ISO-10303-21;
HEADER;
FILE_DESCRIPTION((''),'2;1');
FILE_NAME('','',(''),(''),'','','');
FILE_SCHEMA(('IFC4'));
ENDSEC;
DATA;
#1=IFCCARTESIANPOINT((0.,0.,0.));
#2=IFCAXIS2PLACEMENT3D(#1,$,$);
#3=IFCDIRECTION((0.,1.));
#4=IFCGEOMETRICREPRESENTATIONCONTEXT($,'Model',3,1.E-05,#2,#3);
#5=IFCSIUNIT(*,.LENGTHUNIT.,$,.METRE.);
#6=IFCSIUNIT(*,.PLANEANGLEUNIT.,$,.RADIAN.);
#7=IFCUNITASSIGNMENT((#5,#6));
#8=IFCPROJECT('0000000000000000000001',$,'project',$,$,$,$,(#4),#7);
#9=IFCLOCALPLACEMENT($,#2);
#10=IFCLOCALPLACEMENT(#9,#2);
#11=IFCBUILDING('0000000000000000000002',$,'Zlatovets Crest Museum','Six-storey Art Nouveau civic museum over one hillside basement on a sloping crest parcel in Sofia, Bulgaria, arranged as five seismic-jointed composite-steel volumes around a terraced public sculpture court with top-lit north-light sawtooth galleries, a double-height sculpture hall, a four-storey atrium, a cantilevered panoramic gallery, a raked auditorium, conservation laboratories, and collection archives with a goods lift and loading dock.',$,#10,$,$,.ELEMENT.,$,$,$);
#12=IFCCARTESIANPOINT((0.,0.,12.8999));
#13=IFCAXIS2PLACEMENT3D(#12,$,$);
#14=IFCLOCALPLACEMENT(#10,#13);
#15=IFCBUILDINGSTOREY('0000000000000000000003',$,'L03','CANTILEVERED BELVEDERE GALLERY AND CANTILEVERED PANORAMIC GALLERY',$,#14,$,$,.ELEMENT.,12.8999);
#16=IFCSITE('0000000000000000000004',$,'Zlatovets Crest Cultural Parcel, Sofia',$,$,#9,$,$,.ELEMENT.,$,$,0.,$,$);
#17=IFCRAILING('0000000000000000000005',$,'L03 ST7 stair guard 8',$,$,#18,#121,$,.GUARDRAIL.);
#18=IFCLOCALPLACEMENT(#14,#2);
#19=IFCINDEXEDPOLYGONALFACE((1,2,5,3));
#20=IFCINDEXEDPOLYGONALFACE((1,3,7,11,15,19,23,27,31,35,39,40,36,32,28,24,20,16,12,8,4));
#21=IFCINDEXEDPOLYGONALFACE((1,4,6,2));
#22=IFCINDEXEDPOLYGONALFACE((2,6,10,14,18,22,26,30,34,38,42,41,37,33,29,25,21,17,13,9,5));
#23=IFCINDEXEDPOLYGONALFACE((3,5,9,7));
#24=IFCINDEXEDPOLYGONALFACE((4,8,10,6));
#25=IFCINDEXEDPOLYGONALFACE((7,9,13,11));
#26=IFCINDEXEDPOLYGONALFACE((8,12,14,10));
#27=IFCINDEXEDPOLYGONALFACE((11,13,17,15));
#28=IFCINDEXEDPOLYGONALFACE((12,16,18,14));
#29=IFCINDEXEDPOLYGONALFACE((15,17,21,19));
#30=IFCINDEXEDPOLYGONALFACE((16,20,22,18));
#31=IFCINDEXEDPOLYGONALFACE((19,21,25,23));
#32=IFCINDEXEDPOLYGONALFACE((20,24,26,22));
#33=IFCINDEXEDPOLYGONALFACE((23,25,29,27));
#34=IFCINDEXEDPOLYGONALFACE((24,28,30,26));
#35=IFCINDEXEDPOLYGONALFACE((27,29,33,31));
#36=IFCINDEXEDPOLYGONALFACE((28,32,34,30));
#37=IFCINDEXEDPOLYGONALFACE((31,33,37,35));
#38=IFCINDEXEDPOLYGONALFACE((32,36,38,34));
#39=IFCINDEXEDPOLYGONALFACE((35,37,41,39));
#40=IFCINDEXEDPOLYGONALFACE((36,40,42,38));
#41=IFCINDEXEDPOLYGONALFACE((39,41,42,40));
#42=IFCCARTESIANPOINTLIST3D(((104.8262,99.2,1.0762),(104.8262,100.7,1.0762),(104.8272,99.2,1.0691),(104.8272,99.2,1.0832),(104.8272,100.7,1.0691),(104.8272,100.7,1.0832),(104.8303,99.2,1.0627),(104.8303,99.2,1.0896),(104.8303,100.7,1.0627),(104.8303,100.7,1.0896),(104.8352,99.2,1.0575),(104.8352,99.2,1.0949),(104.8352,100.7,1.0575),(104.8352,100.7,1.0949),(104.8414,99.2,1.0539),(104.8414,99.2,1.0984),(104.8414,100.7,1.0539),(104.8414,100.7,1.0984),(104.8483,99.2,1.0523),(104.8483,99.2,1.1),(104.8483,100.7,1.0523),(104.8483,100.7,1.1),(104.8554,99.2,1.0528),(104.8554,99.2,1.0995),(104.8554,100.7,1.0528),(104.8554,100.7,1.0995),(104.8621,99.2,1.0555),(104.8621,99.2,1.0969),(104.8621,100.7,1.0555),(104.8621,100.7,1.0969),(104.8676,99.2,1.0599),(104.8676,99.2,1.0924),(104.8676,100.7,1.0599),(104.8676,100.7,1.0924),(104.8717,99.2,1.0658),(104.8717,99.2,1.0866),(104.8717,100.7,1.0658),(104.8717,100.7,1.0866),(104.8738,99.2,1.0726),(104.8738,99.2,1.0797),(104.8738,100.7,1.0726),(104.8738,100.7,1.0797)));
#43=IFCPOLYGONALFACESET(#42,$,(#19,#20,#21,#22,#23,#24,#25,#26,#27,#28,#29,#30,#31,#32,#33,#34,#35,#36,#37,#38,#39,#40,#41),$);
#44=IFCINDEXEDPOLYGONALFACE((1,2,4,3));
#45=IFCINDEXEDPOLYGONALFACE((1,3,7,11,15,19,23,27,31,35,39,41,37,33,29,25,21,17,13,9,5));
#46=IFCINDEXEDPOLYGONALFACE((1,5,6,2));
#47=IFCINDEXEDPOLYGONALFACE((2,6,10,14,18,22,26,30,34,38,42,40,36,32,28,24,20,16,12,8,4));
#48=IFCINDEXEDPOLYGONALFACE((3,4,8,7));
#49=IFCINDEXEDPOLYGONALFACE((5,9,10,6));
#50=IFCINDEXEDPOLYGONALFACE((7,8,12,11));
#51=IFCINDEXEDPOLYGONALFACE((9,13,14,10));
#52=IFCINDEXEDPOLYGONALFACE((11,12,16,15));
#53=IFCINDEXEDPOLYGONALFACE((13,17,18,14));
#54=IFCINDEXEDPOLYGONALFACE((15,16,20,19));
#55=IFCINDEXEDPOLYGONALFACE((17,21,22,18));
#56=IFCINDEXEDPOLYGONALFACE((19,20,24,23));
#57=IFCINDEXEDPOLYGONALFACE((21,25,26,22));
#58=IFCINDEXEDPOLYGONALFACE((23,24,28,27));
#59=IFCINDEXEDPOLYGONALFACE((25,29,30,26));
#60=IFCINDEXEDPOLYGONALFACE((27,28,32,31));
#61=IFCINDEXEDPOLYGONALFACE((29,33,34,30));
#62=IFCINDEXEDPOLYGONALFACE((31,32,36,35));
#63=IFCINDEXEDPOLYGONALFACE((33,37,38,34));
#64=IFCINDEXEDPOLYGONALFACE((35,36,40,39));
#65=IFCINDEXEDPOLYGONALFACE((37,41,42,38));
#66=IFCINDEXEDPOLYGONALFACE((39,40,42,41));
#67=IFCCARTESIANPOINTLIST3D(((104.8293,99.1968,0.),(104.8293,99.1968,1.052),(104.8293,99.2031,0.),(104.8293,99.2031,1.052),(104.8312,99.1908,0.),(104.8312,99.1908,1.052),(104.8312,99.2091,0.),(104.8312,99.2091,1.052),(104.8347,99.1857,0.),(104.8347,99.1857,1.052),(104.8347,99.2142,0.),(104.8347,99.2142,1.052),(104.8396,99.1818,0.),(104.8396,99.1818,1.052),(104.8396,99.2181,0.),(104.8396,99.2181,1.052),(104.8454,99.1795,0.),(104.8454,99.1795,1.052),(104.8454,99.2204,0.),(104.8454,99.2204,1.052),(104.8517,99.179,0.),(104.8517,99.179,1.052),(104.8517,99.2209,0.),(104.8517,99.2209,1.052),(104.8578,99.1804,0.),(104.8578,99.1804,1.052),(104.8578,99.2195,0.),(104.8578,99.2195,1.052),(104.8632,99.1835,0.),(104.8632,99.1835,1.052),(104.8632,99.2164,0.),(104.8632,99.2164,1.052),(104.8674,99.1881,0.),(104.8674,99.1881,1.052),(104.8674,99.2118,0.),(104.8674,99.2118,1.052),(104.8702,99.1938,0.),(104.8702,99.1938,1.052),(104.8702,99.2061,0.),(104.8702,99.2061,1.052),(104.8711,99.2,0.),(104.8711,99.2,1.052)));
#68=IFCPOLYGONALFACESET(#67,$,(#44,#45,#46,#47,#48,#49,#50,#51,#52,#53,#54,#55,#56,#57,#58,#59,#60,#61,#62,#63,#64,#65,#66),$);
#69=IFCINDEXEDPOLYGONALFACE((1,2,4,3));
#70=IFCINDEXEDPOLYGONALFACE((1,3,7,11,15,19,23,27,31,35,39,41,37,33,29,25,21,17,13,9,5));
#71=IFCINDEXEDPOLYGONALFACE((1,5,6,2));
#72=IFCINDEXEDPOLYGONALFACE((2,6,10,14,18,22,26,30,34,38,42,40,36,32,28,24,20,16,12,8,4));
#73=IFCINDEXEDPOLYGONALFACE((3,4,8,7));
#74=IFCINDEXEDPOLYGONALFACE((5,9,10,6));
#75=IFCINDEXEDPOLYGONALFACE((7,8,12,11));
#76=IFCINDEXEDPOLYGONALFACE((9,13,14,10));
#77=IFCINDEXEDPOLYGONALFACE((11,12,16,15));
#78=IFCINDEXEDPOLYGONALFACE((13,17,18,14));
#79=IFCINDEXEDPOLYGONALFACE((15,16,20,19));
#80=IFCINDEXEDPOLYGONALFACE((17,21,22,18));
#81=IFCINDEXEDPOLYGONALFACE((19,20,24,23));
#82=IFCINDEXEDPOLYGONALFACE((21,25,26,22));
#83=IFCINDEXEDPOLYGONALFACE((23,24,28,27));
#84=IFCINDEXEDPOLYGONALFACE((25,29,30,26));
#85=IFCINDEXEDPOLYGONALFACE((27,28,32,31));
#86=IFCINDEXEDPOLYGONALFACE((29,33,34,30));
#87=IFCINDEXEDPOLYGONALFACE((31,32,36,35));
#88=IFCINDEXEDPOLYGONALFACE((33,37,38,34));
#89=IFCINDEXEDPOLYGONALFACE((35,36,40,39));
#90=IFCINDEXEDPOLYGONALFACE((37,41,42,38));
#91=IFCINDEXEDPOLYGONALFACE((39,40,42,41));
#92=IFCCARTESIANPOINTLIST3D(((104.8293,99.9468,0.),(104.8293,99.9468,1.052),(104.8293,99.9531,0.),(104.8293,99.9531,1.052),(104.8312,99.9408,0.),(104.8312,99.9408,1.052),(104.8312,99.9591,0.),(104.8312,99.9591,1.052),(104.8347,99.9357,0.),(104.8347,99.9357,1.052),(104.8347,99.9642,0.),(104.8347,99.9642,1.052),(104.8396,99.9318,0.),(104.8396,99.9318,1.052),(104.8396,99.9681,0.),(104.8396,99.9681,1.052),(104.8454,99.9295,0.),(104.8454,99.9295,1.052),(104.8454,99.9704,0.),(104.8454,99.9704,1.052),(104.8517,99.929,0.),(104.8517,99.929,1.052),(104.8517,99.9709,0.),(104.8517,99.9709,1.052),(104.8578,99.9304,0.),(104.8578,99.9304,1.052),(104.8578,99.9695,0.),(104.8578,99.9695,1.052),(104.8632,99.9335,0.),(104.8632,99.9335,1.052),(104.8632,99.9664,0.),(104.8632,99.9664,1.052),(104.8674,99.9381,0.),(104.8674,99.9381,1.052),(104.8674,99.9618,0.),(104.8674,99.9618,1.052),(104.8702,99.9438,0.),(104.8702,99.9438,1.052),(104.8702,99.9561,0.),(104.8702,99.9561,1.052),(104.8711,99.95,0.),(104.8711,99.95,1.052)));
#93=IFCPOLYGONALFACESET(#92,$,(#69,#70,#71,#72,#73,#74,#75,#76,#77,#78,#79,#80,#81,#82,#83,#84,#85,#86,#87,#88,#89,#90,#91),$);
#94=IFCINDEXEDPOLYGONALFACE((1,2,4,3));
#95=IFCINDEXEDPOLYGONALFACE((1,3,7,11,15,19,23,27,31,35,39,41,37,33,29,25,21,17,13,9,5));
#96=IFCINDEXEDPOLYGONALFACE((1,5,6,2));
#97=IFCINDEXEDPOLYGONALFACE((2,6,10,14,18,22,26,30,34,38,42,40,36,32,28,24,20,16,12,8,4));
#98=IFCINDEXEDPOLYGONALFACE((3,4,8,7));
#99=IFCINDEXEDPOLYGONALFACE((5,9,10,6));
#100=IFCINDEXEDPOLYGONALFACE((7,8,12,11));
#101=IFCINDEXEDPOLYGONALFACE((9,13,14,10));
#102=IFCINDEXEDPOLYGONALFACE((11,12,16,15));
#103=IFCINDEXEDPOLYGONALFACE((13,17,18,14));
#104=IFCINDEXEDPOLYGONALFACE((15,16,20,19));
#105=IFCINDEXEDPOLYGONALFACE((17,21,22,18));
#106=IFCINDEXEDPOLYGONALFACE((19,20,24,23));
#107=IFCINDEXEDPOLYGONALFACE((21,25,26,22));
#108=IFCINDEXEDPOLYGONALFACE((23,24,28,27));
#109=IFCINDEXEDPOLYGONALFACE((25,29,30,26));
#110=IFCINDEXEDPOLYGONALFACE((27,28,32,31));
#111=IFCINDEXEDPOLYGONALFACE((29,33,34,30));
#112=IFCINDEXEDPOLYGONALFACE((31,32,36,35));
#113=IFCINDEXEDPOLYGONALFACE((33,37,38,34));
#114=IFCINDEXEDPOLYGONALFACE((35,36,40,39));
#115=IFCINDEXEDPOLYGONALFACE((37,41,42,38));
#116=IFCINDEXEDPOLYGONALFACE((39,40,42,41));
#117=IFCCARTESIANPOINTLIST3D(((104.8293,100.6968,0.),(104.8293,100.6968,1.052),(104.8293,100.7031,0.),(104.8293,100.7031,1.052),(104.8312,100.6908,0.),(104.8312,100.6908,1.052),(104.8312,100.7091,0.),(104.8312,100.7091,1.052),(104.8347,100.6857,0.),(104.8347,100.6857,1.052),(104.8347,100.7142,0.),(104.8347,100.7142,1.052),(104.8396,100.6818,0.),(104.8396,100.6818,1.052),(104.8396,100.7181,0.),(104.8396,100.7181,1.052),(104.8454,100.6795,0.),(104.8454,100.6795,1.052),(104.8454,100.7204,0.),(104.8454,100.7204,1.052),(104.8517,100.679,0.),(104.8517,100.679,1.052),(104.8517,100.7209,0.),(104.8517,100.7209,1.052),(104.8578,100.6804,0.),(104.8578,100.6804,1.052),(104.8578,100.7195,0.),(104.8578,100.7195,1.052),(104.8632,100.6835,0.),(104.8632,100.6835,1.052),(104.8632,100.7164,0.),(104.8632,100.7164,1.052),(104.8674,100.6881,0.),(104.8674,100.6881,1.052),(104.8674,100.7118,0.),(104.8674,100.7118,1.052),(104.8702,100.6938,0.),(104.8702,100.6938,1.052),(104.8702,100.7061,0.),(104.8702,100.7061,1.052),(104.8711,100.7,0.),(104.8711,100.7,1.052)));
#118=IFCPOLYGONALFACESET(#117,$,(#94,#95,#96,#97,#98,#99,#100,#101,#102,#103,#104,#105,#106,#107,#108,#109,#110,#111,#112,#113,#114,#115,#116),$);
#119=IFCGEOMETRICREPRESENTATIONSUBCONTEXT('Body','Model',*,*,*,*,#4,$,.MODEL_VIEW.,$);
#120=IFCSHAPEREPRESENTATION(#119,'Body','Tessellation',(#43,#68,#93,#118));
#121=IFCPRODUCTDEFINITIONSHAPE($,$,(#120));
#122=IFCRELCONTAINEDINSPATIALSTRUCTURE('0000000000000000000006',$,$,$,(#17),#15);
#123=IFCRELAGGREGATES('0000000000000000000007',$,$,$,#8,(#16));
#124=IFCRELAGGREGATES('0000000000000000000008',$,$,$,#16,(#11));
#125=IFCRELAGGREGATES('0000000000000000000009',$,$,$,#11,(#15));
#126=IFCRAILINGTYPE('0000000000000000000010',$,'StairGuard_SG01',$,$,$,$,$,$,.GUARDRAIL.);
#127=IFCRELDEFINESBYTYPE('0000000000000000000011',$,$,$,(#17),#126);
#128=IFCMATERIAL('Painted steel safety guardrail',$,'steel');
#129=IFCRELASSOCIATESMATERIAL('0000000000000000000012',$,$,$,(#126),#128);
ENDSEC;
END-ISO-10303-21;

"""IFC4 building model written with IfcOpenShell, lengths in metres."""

from ifc_helpers import new_model, si_unit, direction, frame, origin, origin_2d, place, context, subcontext, project, spatial, circle, extrude, material, type_object, element, save


model = new_model("IFC4")

# Units and contexts
model_context = context("Model", 3, precision=1e-05, world=origin(), true_north=direction((0.0, 1.0)))
body_context = subcontext(model_context, "Body", "Model", "MODEL_VIEW")
ifc_project = project(units=[si_unit("LENGTHUNIT", "METRE"), si_unit("PLANEANGLEUNIT", "RADIAN")], contexts=[model_context])

# Site, building, storey
site_placement = place(None, origin())
site = spatial("IfcSite", under=ifc_project, at=site_placement, Name="Zlatovets Crest Cultural Parcel, Sofia", CompositionType="ELEMENT", RefElevation=0.0)
building_placement = place(site_placement, origin())
building = spatial("IfcBuilding", under=site, at=building_placement, Name="Zlatovets Crest Museum", Description="Six-storey Art Nouveau civic museum over one hillside basement on a sloping crest parcel in Sofia, Bulgaria, arranged as five seismic-jointed composite-steel volumes around a terraced public sculpture court with top-lit north-light sawtooth galleries, a double-height sculpture hall, a four-storey atrium, a cantilevered panoramic gallery, a raked auditorium, conservation laboratories, and collection archives with a goods lift and loading dock.", CompositionType="ELEMENT")
storey_placement = place(building_placement, frame((0.0, 0.0, 12.8999)))
storey = spatial("IfcBuildingStorey", under=building, at=storey_placement, Name="L03", Description="CANTILEVERED BELVEDERE GALLERY AND CANTILEVERED PANORAMIC GALLERY", CompositionType="ELEMENT", Elevation=12.8999)

# Railing
ifc_material_1 = material(Name="Painted steel safety guardrail", Category="steel")
railing_type = type_object("IfcRailingType", Name="StairGuard_SG01", PredefinedType="GUARDRAIL", material=ifc_material_1)
railing_1_placement = place(storey_placement, frame((104.8501, 99.2, 0.0)))
element("IfcRailing", 1, at=railing_1_placement, inside=storey, type_object=railing_type, Name="L03 ST7 stair guard 8", PredefinedType="GUARDRAIL", context=body_context, shape_type="SweptSolid", body=[
    extrude(circle(Radius=0.0239, at=origin_2d()), frame((0.0, 0.0, 1.0762), z_axis=(0.0, 1.0, 0.0), x_axis=(-1.0, 0.0, 0.0)), (0.0, 0.0, 1.0), 1.5),
    extrude(circle(Radius=0.021, at=origin_2d()), origin(), (0.0, 0.0, 1.0), 1.052),
    extrude(circle(Radius=0.021, at=origin_2d()), frame((0.0, 0.75, 0.0)), (0.0, 0.0, 1.0), 1.052),
    extrude(circle(Radius=0.021, at=origin_2d()), frame((0.0, 1.5, 0.0)), (0.0, 0.0, 1.0), 1.052),
])

save(model, "model.ifc")
